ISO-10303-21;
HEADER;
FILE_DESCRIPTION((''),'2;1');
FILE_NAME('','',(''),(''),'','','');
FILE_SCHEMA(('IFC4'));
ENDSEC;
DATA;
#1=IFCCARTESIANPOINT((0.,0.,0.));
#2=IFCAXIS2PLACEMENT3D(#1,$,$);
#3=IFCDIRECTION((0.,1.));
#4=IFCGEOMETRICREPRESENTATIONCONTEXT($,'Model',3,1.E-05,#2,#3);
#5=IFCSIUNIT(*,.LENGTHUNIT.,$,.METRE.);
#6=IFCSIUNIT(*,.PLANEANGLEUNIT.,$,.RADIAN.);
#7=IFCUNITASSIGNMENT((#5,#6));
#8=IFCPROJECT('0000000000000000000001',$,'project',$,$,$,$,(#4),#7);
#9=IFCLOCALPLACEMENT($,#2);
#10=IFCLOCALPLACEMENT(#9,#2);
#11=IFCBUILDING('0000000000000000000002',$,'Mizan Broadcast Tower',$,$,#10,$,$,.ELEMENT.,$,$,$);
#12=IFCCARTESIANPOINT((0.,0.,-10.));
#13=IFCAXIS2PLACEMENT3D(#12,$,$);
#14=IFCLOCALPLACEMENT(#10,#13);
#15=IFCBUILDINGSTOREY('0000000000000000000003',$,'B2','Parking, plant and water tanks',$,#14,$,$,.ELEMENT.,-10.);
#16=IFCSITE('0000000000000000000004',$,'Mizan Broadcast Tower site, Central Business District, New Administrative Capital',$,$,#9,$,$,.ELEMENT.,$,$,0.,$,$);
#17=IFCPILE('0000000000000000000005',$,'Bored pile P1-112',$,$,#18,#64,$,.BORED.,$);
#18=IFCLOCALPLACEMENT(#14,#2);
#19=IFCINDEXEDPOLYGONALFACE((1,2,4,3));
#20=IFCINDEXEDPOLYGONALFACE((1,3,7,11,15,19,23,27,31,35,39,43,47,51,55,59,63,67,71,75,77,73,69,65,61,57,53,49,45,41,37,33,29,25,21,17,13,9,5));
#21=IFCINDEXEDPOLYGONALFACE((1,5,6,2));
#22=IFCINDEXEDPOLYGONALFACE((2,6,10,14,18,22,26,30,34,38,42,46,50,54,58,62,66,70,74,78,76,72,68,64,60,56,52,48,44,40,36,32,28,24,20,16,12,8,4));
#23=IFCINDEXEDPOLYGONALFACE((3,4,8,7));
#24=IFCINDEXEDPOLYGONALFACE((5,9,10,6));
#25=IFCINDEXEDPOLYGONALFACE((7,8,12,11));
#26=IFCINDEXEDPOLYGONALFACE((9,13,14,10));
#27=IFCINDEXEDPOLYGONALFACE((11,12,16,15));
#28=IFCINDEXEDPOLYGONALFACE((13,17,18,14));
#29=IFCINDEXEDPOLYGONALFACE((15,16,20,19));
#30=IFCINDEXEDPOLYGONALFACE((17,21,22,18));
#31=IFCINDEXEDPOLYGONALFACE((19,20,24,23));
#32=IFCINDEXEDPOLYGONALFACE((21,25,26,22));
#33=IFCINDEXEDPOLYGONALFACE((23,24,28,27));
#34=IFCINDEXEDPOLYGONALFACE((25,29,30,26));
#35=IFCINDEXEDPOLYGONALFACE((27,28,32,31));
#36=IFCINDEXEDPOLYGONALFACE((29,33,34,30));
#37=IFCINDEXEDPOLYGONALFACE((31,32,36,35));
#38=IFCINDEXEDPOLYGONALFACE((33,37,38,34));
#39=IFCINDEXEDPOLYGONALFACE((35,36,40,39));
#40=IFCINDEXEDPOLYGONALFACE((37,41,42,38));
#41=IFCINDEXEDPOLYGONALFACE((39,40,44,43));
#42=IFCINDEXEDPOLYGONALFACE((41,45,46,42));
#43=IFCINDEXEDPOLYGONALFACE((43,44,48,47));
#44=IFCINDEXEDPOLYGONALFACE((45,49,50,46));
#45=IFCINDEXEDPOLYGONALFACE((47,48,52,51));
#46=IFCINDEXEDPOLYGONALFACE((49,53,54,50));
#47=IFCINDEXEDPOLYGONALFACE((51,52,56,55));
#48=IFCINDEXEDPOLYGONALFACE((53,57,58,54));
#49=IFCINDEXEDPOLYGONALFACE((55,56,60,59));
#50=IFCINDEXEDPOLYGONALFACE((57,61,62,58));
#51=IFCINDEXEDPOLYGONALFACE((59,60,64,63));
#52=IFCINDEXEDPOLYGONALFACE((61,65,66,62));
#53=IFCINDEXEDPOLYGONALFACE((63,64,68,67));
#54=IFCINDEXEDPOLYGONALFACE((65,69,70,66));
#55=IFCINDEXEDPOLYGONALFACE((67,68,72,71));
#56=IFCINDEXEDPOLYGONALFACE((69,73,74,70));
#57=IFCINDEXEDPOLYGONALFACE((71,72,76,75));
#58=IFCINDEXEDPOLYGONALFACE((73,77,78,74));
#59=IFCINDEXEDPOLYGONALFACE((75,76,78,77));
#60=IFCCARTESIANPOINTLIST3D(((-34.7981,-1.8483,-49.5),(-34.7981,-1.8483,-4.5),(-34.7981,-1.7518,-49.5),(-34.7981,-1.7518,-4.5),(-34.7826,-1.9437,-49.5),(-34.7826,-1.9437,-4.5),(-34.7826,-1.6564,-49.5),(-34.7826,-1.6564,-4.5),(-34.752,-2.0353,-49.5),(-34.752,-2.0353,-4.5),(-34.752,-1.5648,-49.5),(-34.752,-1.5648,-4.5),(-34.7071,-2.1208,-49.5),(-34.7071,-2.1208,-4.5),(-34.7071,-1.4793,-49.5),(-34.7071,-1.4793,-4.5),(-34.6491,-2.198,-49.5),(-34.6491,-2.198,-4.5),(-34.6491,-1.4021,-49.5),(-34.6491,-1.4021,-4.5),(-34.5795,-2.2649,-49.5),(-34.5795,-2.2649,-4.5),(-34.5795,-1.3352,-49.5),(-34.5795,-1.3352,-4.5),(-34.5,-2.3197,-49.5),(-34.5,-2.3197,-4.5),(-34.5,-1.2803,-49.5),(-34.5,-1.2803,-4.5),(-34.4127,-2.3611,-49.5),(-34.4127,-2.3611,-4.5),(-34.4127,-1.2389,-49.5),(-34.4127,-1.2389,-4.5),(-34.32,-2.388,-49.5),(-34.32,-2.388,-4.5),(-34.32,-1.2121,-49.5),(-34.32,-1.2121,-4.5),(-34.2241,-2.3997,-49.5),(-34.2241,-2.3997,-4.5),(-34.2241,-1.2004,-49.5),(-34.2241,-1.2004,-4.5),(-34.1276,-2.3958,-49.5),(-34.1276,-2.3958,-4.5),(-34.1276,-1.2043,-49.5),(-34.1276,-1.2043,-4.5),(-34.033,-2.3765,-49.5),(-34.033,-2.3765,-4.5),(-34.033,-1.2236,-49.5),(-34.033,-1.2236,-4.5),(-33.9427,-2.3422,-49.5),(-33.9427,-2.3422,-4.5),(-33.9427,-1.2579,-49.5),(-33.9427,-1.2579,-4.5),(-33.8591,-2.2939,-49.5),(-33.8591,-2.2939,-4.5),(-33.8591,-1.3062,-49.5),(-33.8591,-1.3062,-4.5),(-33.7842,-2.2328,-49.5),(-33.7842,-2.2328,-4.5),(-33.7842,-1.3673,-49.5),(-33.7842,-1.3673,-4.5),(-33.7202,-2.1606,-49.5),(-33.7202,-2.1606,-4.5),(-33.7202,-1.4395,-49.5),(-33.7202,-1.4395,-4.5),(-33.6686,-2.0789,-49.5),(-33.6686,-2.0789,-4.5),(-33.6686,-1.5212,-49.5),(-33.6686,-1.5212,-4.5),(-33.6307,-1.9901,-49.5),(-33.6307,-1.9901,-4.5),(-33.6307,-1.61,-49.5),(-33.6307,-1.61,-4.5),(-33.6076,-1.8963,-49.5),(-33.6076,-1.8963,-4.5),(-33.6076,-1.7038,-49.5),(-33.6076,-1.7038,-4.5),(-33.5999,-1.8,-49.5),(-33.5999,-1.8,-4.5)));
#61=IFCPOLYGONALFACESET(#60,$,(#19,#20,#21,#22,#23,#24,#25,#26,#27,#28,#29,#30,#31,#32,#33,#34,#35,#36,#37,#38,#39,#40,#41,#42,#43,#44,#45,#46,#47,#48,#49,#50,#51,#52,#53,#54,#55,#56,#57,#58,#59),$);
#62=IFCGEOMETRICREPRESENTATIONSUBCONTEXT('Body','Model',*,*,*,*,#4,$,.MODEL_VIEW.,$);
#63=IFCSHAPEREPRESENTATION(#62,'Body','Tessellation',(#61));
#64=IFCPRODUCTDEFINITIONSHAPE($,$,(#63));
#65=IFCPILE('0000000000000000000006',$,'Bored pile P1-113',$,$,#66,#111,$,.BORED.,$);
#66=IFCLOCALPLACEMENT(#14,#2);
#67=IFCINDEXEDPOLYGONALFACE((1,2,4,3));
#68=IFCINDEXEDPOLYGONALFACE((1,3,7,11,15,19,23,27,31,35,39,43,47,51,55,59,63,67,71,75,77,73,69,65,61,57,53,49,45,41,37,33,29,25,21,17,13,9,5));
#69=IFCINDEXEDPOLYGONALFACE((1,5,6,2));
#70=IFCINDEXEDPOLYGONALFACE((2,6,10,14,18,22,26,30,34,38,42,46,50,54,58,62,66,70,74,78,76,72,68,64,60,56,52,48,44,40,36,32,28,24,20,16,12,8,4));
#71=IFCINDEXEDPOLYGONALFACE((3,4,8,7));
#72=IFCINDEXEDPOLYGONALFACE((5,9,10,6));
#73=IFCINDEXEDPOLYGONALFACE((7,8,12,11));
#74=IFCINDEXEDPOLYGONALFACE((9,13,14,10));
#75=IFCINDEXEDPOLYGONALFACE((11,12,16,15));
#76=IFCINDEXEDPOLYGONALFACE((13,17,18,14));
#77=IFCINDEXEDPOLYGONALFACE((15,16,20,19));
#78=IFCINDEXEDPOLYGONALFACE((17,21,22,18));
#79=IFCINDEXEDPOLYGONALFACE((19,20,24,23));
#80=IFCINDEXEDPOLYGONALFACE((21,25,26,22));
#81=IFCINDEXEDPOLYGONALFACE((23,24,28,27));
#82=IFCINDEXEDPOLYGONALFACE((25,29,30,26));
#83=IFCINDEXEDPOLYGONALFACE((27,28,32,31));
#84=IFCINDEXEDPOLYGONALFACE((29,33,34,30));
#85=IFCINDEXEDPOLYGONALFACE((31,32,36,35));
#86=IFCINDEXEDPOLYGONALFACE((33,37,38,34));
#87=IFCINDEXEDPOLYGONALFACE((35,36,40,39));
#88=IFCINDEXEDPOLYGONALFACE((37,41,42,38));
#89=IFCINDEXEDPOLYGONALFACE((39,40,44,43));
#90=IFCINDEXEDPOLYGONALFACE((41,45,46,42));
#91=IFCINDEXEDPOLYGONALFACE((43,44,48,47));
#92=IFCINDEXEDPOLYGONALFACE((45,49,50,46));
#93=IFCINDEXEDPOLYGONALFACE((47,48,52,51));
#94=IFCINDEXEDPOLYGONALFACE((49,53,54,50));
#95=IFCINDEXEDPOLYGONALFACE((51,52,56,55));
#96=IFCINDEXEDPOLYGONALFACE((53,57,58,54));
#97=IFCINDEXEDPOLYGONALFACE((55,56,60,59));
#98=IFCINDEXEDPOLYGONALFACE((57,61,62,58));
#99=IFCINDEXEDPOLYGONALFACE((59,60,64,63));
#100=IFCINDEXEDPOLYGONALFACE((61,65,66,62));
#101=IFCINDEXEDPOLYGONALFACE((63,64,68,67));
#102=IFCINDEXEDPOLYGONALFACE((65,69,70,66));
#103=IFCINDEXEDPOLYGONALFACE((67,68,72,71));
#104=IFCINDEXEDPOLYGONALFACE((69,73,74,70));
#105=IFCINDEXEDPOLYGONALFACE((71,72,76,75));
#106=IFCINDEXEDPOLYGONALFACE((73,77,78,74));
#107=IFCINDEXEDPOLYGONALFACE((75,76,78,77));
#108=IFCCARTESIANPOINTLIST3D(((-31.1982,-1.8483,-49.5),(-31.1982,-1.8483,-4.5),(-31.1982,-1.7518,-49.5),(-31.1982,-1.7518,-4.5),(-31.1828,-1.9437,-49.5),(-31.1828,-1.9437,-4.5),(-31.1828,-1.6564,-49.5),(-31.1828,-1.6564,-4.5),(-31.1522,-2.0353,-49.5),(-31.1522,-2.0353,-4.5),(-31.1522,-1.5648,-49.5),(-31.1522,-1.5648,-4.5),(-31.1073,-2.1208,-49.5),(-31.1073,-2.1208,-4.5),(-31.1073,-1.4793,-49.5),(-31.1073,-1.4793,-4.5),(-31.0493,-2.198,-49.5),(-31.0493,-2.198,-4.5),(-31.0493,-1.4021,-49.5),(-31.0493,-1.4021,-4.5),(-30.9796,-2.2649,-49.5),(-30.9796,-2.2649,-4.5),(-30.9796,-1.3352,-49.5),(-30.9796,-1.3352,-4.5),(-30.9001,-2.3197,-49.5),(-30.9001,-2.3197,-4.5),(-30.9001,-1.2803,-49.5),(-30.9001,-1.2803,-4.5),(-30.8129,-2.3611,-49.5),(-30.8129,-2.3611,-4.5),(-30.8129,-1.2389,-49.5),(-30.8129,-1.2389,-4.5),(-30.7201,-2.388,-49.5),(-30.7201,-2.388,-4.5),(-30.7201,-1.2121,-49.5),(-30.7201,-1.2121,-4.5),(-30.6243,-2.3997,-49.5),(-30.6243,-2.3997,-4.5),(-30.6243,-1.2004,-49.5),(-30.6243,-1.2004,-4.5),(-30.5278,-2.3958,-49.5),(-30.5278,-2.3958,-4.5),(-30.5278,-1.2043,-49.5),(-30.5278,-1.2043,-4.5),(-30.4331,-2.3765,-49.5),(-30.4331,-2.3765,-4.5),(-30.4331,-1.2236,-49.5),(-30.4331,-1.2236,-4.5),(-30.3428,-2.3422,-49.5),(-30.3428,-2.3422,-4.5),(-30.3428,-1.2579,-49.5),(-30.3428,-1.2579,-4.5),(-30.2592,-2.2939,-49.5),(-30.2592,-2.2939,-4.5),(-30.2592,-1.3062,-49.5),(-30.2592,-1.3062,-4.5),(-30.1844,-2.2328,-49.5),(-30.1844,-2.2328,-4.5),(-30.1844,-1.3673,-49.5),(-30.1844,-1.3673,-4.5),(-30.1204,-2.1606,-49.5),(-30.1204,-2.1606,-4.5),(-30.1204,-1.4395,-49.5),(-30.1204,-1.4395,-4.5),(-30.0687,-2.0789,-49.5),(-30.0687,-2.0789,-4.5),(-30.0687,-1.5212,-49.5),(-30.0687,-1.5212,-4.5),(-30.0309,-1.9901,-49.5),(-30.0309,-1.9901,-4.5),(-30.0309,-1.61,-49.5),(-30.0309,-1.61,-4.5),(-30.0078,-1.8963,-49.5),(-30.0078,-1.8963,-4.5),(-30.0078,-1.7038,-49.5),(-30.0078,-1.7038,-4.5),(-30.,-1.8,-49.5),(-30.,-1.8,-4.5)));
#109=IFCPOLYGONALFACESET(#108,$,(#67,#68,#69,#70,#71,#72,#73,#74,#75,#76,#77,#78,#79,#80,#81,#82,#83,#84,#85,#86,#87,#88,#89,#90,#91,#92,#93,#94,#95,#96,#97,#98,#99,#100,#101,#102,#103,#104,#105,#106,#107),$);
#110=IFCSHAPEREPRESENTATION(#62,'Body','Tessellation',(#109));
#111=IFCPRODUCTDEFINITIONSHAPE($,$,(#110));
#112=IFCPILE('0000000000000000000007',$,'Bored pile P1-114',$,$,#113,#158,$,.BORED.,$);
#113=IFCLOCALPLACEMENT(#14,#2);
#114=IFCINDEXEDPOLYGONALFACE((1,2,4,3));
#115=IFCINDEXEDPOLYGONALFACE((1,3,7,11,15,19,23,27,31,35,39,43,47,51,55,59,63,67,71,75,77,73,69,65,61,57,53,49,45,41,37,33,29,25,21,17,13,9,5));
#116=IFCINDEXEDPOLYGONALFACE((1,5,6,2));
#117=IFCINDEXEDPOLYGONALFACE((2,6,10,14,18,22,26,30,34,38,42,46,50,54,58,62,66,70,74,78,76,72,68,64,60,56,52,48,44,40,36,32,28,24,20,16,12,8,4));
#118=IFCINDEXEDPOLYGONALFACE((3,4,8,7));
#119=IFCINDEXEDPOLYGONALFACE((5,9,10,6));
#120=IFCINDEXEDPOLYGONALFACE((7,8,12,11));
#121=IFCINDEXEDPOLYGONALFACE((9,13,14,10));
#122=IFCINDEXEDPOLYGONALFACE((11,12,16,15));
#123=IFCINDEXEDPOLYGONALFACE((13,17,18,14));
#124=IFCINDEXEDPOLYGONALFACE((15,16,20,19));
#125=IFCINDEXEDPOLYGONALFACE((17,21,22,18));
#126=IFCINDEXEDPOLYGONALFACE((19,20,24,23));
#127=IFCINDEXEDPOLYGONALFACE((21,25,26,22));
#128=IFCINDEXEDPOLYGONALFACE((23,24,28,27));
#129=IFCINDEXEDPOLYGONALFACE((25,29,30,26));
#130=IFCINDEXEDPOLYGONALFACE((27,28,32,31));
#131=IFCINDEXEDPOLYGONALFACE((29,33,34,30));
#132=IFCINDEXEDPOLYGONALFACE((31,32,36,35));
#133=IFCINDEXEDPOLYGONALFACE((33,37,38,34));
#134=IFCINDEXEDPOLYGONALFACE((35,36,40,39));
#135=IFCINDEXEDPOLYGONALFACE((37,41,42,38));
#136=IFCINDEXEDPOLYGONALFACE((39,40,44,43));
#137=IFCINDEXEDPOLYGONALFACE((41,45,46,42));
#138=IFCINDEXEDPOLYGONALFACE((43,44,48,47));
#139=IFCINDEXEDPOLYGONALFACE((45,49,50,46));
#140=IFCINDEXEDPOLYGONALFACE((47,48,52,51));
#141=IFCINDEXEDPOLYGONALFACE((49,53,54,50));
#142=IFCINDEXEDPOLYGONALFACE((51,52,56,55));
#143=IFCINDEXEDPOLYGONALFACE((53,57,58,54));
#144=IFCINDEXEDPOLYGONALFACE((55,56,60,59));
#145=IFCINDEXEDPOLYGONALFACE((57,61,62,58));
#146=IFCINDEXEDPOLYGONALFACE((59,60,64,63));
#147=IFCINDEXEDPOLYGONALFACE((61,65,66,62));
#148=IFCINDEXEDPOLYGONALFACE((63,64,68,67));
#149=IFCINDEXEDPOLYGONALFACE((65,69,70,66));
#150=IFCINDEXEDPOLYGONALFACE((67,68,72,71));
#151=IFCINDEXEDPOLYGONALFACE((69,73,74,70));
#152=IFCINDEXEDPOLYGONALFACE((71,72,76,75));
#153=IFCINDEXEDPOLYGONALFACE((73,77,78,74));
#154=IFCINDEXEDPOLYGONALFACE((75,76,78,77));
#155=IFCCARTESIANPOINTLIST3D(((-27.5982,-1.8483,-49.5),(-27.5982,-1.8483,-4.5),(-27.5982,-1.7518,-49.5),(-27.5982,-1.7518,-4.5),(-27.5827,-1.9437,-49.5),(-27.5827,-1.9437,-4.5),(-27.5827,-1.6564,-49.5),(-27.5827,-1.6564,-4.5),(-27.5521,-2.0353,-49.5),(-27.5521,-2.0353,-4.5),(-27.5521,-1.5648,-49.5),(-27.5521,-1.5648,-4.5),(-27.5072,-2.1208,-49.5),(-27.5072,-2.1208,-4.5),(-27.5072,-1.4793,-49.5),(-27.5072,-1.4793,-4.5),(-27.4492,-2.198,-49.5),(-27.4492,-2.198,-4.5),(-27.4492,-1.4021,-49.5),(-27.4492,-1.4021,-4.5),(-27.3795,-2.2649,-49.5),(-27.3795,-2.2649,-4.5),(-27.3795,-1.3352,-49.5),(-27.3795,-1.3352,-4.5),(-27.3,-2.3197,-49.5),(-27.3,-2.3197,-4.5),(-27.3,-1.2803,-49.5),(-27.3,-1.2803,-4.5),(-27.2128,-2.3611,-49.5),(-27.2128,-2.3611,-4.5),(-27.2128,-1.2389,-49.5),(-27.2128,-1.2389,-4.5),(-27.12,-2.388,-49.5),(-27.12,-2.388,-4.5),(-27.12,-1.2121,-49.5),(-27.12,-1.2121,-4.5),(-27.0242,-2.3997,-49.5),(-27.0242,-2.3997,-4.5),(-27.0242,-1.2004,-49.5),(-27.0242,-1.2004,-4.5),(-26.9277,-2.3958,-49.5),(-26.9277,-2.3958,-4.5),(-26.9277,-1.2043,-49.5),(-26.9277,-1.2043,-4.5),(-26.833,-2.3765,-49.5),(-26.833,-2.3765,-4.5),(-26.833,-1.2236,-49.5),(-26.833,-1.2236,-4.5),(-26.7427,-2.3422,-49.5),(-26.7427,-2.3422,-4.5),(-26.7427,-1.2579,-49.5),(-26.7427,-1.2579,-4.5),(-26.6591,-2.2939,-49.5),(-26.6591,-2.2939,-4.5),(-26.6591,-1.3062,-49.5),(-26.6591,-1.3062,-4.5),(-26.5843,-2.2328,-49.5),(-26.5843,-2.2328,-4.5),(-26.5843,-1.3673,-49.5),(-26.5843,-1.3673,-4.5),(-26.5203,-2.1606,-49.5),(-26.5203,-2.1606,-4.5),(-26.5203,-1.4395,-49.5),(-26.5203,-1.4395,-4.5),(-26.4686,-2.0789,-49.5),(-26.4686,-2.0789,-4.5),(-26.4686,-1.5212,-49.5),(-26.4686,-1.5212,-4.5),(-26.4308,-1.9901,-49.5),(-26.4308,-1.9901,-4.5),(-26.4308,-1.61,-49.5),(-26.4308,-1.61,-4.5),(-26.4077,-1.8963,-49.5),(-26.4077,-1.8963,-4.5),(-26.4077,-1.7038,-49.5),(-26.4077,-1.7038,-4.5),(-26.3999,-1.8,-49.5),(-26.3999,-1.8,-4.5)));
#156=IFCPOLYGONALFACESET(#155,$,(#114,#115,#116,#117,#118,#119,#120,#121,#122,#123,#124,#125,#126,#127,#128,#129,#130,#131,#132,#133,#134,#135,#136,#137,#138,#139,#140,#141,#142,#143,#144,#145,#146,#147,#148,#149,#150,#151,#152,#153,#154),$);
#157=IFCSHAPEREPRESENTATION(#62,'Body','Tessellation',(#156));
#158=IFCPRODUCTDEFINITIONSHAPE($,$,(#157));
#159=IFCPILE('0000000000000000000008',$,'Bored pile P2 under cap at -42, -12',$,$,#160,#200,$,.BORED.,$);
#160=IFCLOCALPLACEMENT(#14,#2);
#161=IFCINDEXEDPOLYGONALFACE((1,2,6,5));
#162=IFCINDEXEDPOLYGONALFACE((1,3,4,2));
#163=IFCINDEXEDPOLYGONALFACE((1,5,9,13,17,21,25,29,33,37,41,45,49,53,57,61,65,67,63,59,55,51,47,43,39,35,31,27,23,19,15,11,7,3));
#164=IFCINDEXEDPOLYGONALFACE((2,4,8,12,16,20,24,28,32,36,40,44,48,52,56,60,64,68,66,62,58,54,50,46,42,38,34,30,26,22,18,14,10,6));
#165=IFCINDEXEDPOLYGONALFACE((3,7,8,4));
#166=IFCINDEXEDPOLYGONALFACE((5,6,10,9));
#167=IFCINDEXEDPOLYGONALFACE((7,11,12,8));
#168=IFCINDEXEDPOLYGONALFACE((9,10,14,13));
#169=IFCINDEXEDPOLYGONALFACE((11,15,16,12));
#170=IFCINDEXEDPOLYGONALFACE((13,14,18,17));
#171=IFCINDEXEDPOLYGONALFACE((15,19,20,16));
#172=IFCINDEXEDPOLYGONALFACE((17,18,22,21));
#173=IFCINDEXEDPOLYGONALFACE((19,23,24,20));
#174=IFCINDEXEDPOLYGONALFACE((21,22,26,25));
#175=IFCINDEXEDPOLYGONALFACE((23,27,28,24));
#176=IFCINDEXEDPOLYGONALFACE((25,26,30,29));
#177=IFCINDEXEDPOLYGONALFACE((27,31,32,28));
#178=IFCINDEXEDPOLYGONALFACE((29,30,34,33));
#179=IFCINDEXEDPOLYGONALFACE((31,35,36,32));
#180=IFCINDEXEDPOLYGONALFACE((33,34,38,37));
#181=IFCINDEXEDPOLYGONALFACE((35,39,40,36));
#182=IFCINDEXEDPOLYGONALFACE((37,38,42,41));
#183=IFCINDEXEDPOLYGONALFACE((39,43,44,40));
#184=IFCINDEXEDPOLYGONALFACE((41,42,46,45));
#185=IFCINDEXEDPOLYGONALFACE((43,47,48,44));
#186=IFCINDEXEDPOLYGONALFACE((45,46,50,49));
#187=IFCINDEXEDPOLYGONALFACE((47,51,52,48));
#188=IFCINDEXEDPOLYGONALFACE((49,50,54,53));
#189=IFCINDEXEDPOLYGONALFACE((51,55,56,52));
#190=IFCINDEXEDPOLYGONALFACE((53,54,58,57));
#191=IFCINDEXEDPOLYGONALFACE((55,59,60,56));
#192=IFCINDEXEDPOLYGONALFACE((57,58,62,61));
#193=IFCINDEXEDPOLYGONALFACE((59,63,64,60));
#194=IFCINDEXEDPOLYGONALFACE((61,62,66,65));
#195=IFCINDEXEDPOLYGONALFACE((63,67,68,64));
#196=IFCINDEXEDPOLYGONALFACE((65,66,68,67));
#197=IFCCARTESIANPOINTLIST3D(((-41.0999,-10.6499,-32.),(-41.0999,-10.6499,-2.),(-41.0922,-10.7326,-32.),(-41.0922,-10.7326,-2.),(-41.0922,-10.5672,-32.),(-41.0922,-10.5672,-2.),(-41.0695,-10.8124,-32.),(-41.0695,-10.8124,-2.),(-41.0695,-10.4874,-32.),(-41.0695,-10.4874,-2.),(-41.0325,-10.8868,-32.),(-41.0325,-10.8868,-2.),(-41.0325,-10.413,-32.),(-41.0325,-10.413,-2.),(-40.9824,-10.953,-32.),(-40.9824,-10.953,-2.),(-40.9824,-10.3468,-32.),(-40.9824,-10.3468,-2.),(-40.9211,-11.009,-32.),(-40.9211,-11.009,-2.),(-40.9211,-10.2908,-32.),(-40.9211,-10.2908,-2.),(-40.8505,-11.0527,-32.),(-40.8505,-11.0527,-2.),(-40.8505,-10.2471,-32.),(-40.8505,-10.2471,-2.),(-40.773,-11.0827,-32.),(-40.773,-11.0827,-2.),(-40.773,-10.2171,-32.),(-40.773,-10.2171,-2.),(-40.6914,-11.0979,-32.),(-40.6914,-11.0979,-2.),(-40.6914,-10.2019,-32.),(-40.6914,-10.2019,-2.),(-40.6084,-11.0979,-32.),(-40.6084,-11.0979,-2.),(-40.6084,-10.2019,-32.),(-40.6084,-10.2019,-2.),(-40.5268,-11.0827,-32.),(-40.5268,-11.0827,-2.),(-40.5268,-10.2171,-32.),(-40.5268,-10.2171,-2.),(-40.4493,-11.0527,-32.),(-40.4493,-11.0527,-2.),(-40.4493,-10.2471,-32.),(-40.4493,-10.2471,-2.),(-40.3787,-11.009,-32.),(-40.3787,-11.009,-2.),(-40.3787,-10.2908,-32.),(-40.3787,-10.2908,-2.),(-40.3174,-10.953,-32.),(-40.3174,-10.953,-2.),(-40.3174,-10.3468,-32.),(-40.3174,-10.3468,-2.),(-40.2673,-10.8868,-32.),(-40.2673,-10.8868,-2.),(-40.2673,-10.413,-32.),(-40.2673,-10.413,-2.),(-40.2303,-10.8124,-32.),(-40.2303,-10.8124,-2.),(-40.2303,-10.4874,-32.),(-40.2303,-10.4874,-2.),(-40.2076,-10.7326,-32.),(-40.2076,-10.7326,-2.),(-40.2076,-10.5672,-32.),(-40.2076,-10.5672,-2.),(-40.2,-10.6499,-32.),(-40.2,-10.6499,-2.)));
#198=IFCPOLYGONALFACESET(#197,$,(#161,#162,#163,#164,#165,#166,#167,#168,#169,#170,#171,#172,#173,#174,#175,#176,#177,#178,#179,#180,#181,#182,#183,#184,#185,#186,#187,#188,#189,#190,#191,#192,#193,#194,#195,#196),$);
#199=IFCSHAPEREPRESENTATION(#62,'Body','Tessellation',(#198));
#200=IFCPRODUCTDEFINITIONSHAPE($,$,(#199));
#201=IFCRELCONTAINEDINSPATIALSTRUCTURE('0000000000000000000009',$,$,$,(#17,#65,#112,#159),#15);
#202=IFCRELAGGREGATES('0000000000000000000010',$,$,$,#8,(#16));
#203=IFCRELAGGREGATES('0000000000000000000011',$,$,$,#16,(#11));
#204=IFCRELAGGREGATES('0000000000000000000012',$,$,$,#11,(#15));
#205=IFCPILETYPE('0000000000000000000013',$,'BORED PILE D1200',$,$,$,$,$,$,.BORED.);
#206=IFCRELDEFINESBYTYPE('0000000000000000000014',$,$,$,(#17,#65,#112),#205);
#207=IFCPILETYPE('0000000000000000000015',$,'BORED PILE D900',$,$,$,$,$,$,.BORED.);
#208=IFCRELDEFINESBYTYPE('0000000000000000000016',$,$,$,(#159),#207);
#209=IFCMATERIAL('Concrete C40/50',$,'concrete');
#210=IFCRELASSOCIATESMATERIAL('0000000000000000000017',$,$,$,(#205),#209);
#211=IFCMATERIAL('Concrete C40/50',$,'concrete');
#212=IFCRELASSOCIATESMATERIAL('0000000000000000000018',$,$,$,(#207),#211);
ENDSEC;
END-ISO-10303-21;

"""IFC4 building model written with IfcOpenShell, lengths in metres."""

from ifc_helpers import new_model, si_unit, direction, frame, origin, origin_2d, place, context, subcontext, project, spatial, circle, extrude, material, material_profile, profile_set, type_object, element, save


model = new_model("IFC4")

# Units and contexts
model_context = context("Model", 3, precision=1e-05, world=origin(), true_north=direction((0.0, 1.0)))
body_context = subcontext(model_context, "Body", "Model", "MODEL_VIEW")
ifc_project = project(units=[si_unit("LENGTHUNIT", "METRE"), si_unit("PLANEANGLEUNIT", "RADIAN")], contexts=[model_context])

# Site, building, storey
site_placement = place(None, origin())
site = spatial("IfcSite", under=ifc_project, at=site_placement, Name="Mizan Broadcast Tower site, Central Business District, New Administrative Capital", CompositionType="ELEMENT", RefElevation=0.0)
building_placement = place(site_placement, origin())
building = spatial("IfcBuilding", under=site, at=building_placement, Name="Mizan Broadcast Tower", CompositionType="ELEMENT")
storey_placement = place(building_placement, frame((0.0, 0.0, -10.0)))
storey = spatial("IfcBuildingStorey", under=building, at=storey_placement, Name="B2", Description="Parking, plant and water tanks", CompositionType="ELEMENT", Elevation=-10.0)

# Piles
ifc_material_1 = material(Name="Concrete C40/50", Category="concrete")
ifc_material_profile_1 = material_profile(ifc_material_1, circle(Radius=0.6001, at=origin_2d()), Name="D1200")
ifc_profile_set_1 = profile_set([ifc_material_profile_1], Name="Concrete C40/50")
pile_type_1 = type_object("IfcPileType", Name="BORED PILE D1200", PredefinedType="BORED", material=ifc_profile_set_1)
for number, where, z_axis, x_axis, name in (
    (1, (-34.2, -1.8, -4.5), (0.0, 0.0, -1.0), (1.0, 0.0, 0.0), "Bored pile P1-112"),
    (2, (-30.6001, -1.8, -4.5), (0.0, 0.0, -1.0), (1.0, 0.0, 0.0), "Bored pile P1-113"),
    (3, (-27.0, -1.8, -4.5), (0.0, 0.0, -1.0), (1.0, 0.0, 0.0), "Bored pile P1-114"),
):
    element("IfcPile", number, at=place(storey_placement, frame(where, z_axis=z_axis, x_axis=x_axis)), inside=storey, type_object=pile_type_1, Name=name, PredefinedType="BORED", context=body_context, shape_type="SweptSolid", body=[
        extrude(circle(Radius=0.6001, at=origin_2d()), origin(), (0.0, 0.0, 1.0), 45.0),
    ])
ifc_material_2 = material(Name="Concrete C40/50", Category="concrete")
ifc_material_profile_2 = material_profile(ifc_material_2, circle(Radius=0.45, at=origin_2d()), Name="D900")
ifc_profile_set_2 = profile_set([ifc_material_profile_2], Name="Concrete C40/50")
pile_type_2 = type_object("IfcPileType", Name="BORED PILE D900", PredefinedType="BORED", material=ifc_profile_set_2)
for number, where, z_axis, x_axis, name in (
    (4, (-40.6499, -10.6499, -2.0), (0.0, 0.0, -1.0), (1.0, 0.0, 0.0), "Bored pile P2 under cap at -42, -12"),
):
    element("IfcPile", number, at=place(storey_placement, frame(where, z_axis=z_axis, x_axis=x_axis)), inside=storey, type_object=pile_type_2, Name=name, PredefinedType="BORED", context=body_context, shape_type="SweptSolid", body=[
        extrude(circle(Radius=0.45, at=origin_2d()), origin(), (0.0, 0.0, 1.0), 30.0),
    ])

save(model, "model.ifc")
